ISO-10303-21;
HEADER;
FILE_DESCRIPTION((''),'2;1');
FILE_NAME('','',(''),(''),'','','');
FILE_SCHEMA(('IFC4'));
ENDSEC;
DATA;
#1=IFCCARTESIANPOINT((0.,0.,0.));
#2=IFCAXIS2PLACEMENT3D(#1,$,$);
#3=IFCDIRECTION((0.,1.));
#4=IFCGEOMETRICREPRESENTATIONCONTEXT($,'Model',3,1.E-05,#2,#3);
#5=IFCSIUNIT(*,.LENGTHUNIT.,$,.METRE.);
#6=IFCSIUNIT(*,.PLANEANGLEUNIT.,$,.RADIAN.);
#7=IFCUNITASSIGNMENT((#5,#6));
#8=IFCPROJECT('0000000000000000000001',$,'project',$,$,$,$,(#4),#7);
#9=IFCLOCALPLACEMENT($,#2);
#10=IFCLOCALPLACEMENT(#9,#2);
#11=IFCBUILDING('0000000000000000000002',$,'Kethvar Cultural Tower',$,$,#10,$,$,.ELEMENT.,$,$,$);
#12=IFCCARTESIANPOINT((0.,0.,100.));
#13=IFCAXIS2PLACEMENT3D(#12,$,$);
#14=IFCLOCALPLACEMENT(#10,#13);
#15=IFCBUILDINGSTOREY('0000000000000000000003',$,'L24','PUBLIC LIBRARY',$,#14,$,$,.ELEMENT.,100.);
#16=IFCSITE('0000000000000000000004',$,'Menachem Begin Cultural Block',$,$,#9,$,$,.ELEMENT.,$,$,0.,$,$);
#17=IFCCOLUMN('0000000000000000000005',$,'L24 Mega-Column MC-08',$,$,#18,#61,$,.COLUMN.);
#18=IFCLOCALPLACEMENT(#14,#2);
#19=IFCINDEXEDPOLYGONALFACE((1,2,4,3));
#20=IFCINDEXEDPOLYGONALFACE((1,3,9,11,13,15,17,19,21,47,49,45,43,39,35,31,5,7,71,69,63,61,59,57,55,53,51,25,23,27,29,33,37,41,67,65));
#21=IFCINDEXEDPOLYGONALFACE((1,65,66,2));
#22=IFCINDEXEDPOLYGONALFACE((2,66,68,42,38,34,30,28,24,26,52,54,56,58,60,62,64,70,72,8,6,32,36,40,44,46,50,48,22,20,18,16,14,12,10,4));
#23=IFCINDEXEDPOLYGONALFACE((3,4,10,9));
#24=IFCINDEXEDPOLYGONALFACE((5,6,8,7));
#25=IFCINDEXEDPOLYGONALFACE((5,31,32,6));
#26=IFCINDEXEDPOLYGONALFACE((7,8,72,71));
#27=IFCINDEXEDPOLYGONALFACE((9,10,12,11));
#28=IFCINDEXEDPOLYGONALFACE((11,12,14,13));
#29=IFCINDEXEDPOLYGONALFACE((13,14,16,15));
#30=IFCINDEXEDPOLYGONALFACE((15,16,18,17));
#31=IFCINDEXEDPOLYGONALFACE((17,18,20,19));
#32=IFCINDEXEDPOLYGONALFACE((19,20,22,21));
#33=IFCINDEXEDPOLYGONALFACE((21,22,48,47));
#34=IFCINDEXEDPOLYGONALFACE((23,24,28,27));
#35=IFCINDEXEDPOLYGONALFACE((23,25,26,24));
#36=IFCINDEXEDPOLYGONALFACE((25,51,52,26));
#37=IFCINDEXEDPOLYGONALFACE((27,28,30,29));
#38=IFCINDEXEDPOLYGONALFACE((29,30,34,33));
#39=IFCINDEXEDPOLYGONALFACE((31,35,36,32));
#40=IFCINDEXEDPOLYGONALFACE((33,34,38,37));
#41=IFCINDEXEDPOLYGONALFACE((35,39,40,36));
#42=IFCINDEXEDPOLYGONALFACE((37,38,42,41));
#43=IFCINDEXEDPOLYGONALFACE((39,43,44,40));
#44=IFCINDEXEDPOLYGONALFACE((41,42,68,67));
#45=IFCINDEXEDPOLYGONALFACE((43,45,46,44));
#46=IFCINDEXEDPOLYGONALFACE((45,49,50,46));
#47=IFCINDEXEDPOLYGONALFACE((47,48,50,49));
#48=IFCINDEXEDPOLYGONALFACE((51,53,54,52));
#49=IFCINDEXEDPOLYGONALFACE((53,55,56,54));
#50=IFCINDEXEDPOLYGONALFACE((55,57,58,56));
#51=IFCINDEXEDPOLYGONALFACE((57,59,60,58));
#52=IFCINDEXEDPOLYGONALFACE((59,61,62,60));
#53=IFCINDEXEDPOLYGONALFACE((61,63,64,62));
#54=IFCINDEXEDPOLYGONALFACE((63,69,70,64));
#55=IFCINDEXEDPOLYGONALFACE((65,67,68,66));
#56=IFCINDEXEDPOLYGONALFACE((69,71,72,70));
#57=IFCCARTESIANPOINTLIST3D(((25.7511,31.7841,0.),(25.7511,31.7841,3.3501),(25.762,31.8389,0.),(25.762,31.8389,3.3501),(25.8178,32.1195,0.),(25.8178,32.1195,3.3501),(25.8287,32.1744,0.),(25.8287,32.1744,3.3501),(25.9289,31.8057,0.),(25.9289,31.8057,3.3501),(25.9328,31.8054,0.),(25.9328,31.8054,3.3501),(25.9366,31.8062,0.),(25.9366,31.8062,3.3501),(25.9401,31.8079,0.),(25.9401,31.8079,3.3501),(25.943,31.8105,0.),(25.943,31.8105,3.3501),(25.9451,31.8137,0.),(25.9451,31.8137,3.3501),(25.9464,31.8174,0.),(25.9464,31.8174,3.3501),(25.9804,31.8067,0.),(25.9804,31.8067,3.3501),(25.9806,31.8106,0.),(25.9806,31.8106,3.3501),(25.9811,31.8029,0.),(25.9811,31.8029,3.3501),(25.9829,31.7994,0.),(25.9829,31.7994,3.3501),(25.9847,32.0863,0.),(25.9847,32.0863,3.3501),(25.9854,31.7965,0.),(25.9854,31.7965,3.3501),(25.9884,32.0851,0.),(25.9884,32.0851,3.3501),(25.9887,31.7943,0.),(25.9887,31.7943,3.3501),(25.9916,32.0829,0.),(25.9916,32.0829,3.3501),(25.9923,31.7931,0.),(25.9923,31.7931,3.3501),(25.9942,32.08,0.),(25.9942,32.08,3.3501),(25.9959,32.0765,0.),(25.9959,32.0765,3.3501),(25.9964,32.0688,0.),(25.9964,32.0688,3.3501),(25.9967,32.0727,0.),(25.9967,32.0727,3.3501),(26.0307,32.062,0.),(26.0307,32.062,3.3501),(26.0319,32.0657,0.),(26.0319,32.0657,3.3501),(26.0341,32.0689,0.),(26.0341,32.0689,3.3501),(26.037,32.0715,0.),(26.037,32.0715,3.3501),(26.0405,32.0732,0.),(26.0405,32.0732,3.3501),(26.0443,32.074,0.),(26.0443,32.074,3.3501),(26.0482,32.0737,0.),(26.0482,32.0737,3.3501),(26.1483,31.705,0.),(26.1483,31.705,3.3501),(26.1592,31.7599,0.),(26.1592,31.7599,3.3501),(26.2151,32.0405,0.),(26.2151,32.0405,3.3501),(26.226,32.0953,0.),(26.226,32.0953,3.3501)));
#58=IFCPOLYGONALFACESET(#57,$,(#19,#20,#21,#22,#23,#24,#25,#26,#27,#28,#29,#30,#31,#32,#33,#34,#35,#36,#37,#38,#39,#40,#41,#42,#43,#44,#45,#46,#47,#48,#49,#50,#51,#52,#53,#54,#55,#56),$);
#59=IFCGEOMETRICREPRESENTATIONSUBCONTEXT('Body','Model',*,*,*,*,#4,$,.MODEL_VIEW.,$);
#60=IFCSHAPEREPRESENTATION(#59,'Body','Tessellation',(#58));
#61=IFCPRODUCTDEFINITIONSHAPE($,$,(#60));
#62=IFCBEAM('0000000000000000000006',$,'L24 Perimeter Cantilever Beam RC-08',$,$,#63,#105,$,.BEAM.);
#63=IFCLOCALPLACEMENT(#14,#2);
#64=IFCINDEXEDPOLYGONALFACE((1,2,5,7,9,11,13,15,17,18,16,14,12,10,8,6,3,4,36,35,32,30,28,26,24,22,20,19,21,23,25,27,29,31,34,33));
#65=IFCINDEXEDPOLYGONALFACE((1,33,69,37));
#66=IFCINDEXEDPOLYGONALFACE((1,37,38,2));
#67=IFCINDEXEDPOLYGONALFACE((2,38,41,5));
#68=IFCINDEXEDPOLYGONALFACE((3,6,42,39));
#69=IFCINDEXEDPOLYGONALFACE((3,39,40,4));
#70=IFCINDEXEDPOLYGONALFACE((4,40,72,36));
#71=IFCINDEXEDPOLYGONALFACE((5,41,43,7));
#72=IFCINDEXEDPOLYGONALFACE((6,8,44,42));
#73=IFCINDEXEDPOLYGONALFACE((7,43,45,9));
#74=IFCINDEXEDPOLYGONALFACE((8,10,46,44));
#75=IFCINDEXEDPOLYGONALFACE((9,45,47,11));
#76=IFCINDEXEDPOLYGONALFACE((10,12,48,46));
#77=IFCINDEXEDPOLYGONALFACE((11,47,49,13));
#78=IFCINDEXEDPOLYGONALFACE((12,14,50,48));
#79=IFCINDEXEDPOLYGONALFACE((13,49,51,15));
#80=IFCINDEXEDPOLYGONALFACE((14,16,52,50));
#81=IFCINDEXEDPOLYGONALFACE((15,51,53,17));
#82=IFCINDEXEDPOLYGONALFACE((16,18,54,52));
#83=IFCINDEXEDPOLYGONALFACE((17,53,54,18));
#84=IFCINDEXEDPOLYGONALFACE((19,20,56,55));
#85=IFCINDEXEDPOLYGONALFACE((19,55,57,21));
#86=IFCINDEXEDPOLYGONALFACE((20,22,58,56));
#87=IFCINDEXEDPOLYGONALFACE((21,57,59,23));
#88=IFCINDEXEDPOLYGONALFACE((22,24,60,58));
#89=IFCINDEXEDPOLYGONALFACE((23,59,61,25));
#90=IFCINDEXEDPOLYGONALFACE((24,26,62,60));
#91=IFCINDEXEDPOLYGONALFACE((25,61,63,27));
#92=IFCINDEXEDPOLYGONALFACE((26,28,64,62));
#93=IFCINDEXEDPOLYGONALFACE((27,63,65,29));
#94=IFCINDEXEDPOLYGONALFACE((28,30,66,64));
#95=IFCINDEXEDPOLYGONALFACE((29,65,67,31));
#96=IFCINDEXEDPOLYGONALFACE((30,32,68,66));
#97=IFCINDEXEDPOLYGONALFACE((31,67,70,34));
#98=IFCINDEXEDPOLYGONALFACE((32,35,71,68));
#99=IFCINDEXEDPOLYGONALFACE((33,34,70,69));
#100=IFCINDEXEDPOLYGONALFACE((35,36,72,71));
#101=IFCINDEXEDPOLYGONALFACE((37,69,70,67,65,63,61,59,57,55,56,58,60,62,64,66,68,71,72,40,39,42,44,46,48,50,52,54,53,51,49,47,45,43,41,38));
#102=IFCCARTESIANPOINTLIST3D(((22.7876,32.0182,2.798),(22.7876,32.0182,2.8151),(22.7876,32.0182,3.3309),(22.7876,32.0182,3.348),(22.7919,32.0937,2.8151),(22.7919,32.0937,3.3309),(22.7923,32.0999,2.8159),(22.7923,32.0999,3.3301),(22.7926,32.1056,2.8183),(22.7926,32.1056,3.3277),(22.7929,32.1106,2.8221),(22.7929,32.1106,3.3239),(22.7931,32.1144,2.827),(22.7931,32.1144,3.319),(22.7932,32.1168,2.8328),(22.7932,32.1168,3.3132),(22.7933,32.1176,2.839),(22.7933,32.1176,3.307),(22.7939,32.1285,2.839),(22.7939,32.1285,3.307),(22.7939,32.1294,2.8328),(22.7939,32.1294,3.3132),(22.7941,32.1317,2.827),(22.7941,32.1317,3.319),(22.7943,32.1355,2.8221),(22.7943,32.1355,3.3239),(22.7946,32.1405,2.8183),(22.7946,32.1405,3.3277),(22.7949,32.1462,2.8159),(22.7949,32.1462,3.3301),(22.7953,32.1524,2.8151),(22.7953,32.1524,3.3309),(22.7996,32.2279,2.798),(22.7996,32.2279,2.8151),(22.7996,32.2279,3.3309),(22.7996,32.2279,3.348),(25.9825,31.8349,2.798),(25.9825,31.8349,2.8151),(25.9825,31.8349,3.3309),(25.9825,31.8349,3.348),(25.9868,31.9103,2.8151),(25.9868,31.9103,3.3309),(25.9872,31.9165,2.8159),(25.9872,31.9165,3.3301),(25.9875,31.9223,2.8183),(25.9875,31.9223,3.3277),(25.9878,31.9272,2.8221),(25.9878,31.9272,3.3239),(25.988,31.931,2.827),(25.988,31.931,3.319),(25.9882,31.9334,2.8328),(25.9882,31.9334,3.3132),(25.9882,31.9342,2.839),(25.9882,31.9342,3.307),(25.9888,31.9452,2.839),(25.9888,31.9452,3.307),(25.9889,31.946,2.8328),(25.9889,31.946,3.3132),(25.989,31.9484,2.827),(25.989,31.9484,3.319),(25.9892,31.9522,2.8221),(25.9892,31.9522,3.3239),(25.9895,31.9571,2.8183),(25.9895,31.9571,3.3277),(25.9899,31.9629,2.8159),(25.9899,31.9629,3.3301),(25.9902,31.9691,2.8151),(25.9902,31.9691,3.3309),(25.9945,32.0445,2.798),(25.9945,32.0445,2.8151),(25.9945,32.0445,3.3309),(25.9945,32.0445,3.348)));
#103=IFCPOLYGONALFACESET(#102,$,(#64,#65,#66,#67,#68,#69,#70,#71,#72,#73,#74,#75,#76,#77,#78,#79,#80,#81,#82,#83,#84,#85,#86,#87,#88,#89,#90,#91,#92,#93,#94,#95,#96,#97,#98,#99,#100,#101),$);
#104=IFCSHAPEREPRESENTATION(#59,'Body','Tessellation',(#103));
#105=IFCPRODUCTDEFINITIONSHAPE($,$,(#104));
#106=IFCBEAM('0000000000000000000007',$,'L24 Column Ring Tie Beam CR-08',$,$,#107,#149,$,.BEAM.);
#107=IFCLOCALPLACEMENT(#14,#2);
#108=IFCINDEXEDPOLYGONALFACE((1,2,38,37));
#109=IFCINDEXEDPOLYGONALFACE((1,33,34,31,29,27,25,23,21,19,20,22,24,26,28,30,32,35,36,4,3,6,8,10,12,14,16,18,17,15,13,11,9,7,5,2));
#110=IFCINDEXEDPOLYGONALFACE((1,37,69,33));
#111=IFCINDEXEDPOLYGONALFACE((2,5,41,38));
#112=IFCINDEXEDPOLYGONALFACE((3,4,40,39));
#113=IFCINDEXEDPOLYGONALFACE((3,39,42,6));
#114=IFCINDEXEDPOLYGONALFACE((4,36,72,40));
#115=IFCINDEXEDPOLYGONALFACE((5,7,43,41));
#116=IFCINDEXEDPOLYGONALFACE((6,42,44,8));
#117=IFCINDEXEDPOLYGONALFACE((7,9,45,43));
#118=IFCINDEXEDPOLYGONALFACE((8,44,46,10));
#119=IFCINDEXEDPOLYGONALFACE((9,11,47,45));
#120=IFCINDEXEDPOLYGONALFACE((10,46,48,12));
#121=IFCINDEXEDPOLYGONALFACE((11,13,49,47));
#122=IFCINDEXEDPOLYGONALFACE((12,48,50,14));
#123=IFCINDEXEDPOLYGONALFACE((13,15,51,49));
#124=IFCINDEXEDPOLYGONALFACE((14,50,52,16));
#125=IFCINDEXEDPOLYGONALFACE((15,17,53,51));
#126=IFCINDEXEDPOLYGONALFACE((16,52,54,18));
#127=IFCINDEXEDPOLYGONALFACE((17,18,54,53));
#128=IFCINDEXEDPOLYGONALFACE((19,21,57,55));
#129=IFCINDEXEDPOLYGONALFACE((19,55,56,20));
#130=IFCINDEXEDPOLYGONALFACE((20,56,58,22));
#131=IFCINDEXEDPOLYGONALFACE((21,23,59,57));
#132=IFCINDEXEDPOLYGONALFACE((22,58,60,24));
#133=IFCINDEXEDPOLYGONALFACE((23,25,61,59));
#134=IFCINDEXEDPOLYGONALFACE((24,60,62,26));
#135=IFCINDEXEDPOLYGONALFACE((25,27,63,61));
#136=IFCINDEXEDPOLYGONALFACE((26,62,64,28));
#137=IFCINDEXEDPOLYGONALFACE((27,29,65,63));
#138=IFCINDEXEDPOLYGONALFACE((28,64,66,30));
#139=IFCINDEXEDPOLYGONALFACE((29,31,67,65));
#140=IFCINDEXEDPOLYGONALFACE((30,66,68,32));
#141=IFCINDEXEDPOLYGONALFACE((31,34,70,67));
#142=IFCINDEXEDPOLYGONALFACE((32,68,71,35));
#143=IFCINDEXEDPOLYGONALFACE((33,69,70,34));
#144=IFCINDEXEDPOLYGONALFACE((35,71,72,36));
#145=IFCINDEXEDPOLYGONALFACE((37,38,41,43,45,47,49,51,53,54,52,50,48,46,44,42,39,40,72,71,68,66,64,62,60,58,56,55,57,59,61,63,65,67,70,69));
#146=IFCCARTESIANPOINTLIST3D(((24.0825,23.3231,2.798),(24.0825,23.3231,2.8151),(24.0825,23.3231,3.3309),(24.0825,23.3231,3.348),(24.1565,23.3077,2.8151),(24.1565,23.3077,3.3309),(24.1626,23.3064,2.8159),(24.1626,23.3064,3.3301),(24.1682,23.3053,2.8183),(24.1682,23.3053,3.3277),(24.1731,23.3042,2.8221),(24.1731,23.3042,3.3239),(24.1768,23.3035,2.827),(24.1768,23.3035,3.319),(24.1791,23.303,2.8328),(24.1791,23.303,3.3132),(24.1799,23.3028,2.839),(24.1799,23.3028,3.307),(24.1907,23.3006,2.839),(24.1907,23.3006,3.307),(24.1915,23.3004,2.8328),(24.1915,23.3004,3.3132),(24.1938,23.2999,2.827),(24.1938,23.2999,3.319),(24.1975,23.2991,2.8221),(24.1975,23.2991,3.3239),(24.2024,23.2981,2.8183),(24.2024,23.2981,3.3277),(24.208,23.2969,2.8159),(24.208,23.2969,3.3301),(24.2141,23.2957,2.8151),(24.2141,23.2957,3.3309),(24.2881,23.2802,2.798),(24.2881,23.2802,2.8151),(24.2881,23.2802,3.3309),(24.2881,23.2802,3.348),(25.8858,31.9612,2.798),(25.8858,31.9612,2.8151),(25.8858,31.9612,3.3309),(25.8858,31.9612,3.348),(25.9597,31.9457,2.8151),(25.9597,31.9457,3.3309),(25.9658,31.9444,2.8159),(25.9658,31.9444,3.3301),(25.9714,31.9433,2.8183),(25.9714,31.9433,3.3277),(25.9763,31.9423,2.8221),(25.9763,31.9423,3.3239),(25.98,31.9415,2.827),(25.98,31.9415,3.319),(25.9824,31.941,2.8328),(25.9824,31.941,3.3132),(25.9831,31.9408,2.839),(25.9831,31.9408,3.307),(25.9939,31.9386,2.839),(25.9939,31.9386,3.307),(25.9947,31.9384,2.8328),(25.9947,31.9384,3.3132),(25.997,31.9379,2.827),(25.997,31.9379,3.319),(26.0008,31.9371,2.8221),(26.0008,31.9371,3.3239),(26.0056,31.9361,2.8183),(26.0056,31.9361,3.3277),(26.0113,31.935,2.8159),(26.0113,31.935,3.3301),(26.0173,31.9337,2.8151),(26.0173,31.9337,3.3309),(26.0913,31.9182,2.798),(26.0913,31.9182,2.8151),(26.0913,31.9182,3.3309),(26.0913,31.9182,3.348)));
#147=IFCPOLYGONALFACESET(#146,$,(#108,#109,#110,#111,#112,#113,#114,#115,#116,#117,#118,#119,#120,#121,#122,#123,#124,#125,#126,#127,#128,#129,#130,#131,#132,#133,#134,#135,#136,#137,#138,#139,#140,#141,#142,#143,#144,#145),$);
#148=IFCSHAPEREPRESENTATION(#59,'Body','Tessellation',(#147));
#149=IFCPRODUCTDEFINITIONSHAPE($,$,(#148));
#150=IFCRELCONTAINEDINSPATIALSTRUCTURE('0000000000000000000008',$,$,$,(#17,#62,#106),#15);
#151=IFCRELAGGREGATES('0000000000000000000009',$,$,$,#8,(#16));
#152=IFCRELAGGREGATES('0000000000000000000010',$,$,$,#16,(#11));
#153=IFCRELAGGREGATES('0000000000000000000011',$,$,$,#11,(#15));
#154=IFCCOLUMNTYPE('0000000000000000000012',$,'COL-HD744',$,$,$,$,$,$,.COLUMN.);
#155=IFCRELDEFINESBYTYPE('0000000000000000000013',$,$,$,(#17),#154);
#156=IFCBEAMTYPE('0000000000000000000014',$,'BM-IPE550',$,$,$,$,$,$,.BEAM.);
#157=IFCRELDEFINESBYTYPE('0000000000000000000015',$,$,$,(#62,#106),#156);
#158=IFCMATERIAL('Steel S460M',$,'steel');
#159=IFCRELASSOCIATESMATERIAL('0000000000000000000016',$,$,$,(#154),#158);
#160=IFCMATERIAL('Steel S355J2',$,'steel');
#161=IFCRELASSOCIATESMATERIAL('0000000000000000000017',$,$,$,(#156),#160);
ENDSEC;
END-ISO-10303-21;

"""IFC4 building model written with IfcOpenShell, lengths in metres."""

from ifc_helpers import new_model, si_unit, direction, frame, origin, origin_2d, place, context, subcontext, project, spatial, i_section, extrude, source, transform, mapped, material, material_profile, profile_set, type_object, element, save


model = new_model("IFC4")

# Units and contexts
model_context = context("Model", 3, precision=1e-05, world=origin(), true_north=direction((0.0, 1.0)))
body_context = subcontext(model_context, "Body", "Model", "MODEL_VIEW")
ifc_project = project(units=[si_unit("LENGTHUNIT", "METRE"), si_unit("PLANEANGLEUNIT", "RADIAN")], contexts=[model_context])

# Site, building, storey
site_placement = place(None, origin())
site = spatial("IfcSite", under=ifc_project, at=site_placement, Name="Menachem Begin Cultural Block", CompositionType="ELEMENT", RefElevation=0.0)
building_placement = place(site_placement, origin())
building = spatial("IfcBuilding", under=site, at=building_placement, Name="Kethvar Cultural Tower", CompositionType="ELEMENT")
storey_placement = place(building_placement, frame((0.0, 0.0, 100.0)))
storey = spatial("IfcBuildingStorey", under=building, at=storey_placement, Name="L24", Description="PUBLIC LIBRARY", CompositionType="ELEMENT", Elevation=100.0)

# Column
ifc_material_1 = material(Name="Steel S460M", Category="steel")
ifc_material_profile_1 = material_profile(ifc_material_1, i_section(OverallWidth=0.405, OverallDepth=0.3979, WebThickness=0.0349, FlangeThickness=0.0559, FilletRadius=0.0149, at=origin_2d()), Name="Steel S460M — HD400x744")
ifc_profile_set_1 = profile_set([ifc_material_profile_1], Name="Steel S460M — HD400x744")
column_type = type_object("IfcColumnType", Name="COL-HD744", PredefinedType="COLUMN", material=ifc_profile_set_1)
shared_shape_1 = source(origin(), body_context, "Body", "SweptSolid", [
    extrude(i_section(OverallWidth=0.405, OverallDepth=0.3979, WebThickness=0.0349, FlangeThickness=0.0559, FilletRadius=0.0149, at=origin_2d()), origin(), (0.0, 0.0, 1.0), 3.3501),
])
column_placement = place(storey_placement, frame((25.9885, 31.9397, 0.0), z_axis=(0.0, 0.0, 1.0), x_axis=(-0.980785, 0.19509, 0.0)))
element("IfcColumn", 1, at=column_placement, inside=storey, type_object=column_type, Name="L24 Mega-Column MC-08", PredefinedType="COLUMN", context=body_context, shape_type="MappedRepresentation", body=[
    mapped(shared_shape_1, transform((0.0, 0.0, 0.0), scale=1.0)),
])

# Beams
ifc_material_2 = material(Name="Steel S355J2", Category="steel")
ifc_material_profile_2 = material_profile(ifc_material_2, i_section(OverallWidth=0.21, OverallDepth=0.55, WebThickness=0.011, FlangeThickness=0.0171, FilletRadius=0.0239, at=origin_2d()), Name="Steel S355J2 — IPE550")
ifc_profile_set_2 = profile_set([ifc_material_profile_2], Name="Steel S355J2 — IPE550")
beam_type_1 = type_object("IfcBeamType", Name="BM-IPE550", PredefinedType="BEAM", material=ifc_profile_set_2)
shared_shape_2 = source(origin(), body_context, "Body", "SweptSolid", [
    extrude(i_section(OverallWidth=0.21, OverallDepth=0.55, WebThickness=0.011, FlangeThickness=0.0171, FilletRadius=0.0239, at=origin_2d()), origin(), (0.0, 0.0, 1.0), 3.2002),
])
beam_1_placement = place(storey_placement, frame((25.9885, 31.9397, 3.073), z_axis=(-0.998357, 0.057295, 0.0), x_axis=(-0.057295, -0.998357, 0.0)))
element("IfcBeam", 2, at=beam_1_placement, inside=storey, type_object=beam_type_1, Name="L24 Perimeter Cantilever Beam RC-08", PredefinedType="BEAM", context=body_context, shape_type="MappedRepresentation", body=[
    mapped(shared_shape_2, transform((0.0, 0.0, 0.0), scale=1.0)),
])
shared_shape_3 = source(origin(), body_context, "Body", "SweptSolid", [
    extrude(i_section(OverallWidth=0.21, OverallDepth=0.55, WebThickness=0.011, FlangeThickness=0.0171, FilletRadius=0.0239, at=origin_2d()), origin(), (0.0, 0.0, 1.0), 8.8242),
])
beam_2_placement = place(storey_placement, frame((25.9885, 31.9397, 3.073), z_axis=(-0.204351, -0.978898, 0.0), x_axis=(0.978898, -0.204351, 0.0)))
element("IfcBeam", 3, at=beam_2_placement, inside=storey, type_object=beam_type_1, Name="L24 Column Ring Tie Beam CR-08", PredefinedType="BEAM", context=body_context, shape_type="MappedRepresentation", body=[
    mapped(shared_shape_3, transform((0.0, 0.0, 0.0), scale=1.0)),
])

save(model, "model.ifc")
